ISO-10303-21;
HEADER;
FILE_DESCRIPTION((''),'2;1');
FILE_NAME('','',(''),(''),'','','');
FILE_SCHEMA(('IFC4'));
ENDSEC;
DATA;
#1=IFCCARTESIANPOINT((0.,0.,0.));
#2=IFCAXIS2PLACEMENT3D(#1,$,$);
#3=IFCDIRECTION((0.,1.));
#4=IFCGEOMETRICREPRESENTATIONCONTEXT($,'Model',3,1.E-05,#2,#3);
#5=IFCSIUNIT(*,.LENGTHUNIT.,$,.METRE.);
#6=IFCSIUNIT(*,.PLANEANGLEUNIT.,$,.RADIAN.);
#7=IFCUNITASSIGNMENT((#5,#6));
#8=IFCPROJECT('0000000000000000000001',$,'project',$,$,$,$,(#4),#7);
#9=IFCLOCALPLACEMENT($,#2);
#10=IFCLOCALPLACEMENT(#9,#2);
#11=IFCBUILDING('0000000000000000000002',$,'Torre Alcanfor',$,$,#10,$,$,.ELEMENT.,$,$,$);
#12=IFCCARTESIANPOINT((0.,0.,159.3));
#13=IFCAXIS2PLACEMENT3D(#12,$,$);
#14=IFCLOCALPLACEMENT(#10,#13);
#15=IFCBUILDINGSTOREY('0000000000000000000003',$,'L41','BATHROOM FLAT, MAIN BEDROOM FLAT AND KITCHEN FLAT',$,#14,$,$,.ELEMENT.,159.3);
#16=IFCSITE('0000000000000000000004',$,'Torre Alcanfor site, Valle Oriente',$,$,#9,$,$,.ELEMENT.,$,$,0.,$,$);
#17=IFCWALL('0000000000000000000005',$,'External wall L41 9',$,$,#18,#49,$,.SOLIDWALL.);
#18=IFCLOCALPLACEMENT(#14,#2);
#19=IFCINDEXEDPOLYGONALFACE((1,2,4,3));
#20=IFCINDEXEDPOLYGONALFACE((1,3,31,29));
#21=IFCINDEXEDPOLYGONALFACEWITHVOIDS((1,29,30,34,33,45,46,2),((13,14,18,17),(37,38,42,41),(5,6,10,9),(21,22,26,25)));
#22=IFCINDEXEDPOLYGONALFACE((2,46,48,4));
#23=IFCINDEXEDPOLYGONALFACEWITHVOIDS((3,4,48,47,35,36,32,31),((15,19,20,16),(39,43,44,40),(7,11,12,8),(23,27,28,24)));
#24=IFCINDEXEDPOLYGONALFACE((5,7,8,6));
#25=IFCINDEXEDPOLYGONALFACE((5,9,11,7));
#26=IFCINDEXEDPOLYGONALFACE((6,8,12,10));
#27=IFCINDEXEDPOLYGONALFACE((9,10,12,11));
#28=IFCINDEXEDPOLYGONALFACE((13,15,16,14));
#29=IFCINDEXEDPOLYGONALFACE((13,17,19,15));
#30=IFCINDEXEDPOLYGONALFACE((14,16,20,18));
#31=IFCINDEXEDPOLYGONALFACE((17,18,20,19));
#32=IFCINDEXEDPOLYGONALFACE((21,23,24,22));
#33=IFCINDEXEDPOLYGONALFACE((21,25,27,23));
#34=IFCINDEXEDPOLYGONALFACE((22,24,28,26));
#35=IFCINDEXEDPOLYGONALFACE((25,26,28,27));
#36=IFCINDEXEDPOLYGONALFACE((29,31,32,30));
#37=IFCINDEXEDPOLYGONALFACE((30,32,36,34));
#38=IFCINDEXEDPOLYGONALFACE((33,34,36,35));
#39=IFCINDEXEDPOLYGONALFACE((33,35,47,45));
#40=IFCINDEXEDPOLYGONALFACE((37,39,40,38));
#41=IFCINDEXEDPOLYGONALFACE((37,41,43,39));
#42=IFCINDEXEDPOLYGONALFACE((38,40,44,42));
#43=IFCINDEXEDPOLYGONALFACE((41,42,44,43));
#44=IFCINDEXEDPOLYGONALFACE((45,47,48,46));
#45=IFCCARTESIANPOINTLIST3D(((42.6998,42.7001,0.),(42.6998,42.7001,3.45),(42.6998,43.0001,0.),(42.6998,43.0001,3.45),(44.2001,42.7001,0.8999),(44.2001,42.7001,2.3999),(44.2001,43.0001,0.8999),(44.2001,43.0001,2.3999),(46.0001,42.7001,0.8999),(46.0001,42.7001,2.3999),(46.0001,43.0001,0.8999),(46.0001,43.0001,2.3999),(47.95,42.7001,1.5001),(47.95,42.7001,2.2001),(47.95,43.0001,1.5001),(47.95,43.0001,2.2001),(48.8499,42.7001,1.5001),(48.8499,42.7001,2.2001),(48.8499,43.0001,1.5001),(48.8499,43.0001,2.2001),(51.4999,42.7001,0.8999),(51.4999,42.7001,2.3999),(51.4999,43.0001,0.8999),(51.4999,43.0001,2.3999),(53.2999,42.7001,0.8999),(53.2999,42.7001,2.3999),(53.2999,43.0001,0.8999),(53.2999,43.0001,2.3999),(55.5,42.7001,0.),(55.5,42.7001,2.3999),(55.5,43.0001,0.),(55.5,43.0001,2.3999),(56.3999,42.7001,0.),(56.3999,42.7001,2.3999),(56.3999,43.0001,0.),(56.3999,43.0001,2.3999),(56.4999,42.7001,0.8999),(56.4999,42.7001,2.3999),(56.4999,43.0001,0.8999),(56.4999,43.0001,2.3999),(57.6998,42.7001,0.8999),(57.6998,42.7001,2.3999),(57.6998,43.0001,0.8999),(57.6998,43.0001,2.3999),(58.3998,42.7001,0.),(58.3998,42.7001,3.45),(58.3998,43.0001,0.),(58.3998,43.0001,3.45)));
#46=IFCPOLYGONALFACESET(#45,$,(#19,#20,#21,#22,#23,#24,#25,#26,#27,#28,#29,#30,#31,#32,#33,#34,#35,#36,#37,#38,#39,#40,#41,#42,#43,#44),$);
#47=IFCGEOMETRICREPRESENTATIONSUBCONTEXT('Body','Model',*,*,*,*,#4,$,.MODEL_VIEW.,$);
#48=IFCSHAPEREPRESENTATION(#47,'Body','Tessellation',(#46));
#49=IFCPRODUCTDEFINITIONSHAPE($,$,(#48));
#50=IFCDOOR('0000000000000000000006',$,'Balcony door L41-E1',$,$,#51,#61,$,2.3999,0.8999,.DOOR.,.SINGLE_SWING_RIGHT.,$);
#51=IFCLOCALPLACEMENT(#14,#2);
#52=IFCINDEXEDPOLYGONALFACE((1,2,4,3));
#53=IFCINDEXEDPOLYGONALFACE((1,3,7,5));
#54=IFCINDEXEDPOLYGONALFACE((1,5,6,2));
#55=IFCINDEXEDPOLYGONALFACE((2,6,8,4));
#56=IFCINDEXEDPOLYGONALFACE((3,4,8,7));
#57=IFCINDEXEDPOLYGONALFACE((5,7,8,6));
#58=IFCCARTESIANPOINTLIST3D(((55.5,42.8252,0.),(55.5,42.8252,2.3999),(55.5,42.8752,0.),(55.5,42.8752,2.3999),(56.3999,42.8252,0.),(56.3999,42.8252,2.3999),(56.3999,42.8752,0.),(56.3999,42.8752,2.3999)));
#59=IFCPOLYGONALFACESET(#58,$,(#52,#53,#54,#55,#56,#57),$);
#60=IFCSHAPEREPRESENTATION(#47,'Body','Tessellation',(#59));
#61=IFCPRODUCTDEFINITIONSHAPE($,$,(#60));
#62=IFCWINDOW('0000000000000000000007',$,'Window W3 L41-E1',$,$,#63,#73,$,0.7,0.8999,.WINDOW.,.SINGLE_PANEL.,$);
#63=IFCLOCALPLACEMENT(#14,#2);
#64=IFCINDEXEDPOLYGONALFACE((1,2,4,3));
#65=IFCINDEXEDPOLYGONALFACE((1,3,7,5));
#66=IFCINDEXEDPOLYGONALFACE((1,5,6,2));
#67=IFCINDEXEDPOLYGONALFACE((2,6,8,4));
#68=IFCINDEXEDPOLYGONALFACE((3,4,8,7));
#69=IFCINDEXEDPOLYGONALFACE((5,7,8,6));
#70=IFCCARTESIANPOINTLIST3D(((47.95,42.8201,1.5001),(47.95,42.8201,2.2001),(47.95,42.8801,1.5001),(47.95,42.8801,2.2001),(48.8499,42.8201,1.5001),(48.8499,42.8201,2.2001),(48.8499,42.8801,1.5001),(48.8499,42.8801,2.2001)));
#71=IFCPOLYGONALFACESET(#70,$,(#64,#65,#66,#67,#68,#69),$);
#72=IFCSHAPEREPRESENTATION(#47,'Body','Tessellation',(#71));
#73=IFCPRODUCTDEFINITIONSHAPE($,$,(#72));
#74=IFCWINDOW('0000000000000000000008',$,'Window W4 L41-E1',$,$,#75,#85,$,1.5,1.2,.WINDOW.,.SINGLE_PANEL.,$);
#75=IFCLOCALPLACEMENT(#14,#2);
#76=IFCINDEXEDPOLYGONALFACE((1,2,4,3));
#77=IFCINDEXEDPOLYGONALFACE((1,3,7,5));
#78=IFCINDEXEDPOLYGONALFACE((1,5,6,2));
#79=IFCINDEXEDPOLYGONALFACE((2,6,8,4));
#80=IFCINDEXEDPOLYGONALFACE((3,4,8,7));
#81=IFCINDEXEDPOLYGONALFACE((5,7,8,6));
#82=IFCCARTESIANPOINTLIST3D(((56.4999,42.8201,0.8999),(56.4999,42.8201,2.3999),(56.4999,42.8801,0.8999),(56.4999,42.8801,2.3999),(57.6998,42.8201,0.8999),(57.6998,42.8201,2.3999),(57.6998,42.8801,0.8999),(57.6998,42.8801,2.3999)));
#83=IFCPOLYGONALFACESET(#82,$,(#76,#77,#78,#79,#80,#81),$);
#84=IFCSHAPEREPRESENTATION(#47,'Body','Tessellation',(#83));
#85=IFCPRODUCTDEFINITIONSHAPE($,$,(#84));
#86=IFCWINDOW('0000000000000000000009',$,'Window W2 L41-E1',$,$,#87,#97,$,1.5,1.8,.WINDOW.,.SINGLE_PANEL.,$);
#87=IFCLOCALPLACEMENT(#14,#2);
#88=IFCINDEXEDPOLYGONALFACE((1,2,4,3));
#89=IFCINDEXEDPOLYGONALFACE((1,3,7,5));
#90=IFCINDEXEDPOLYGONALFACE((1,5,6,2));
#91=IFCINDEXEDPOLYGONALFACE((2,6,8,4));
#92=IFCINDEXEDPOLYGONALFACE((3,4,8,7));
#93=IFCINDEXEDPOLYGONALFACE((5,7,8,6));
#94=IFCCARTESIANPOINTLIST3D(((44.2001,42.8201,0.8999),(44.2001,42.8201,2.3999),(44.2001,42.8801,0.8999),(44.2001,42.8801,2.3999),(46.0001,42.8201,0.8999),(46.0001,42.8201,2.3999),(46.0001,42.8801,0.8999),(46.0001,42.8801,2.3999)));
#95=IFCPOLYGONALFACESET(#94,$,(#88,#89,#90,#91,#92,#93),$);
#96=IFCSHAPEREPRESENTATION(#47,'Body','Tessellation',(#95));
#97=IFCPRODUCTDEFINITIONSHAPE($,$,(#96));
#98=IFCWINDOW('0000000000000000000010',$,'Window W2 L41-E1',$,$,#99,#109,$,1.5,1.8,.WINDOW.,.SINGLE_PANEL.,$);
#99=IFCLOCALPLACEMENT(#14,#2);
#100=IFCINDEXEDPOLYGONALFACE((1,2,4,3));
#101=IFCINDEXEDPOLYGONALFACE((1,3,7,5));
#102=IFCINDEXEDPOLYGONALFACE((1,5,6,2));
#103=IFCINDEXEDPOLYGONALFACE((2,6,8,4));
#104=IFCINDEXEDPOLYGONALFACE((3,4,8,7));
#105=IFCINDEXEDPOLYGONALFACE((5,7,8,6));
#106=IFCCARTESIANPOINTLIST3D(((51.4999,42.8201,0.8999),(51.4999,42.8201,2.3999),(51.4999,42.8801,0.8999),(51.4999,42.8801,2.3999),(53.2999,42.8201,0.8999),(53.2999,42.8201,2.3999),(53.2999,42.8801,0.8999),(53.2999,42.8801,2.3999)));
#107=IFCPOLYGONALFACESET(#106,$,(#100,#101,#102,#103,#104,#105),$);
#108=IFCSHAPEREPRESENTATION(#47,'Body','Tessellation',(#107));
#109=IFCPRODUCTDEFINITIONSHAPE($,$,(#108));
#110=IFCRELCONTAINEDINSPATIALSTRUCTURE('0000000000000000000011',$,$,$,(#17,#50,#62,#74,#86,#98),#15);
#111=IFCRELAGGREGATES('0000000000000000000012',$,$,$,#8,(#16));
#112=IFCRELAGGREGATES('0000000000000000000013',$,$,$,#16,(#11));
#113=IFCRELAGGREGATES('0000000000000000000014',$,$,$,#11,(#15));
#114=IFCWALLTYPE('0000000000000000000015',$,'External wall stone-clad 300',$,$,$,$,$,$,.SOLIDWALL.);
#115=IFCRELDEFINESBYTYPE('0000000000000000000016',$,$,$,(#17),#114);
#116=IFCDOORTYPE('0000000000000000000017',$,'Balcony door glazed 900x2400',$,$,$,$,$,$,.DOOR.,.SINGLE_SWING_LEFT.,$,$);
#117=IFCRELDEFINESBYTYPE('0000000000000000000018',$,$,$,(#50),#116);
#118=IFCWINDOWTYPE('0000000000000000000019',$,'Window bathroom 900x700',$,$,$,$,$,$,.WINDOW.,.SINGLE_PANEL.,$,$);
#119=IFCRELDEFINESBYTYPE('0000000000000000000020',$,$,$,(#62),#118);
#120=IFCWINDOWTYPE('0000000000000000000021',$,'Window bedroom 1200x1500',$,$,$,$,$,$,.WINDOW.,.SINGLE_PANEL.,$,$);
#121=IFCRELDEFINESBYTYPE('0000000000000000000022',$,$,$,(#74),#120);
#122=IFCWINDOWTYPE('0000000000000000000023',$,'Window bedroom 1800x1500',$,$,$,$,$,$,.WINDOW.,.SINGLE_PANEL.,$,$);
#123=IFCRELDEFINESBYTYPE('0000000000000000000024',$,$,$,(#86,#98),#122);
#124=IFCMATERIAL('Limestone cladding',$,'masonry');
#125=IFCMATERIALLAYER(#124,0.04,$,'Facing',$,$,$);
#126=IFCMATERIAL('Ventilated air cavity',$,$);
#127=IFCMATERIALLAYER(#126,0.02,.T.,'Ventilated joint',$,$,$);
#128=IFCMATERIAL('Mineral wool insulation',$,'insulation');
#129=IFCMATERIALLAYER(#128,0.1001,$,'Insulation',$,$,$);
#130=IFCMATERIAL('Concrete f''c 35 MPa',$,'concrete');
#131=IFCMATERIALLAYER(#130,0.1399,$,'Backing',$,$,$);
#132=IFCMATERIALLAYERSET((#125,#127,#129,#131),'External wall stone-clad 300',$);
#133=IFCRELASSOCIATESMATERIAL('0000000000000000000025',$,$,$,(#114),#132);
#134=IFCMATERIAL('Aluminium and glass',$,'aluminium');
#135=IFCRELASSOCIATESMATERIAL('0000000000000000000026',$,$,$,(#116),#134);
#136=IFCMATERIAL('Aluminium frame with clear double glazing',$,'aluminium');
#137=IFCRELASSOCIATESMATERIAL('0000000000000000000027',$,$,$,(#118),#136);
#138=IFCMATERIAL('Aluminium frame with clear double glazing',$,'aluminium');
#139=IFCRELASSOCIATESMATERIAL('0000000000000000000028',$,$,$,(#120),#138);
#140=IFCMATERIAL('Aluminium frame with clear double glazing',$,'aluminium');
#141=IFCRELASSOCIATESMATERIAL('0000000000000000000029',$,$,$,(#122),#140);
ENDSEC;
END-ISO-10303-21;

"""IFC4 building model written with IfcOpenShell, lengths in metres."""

from ifc_helpers import new_model, si_unit, direction, frame, frame_2d, origin, place, context, subcontext, project, spatial, rectangle, extrude, material, layer, layer_set, type_object, element, fill, save


model = new_model("IFC4")

# Units and contexts
model_context = context("Model", 3, precision=1e-05, world=origin(), true_north=direction((0.0, 1.0)))
body_context = subcontext(model_context, "Body", "Model", "MODEL_VIEW")
ifc_project = project(units=[si_unit("LENGTHUNIT", "METRE"), si_unit("PLANEANGLEUNIT", "RADIAN")], contexts=[model_context])

# Site, building, storey
site_placement = place(None, origin())
site = spatial("IfcSite", under=ifc_project, at=site_placement, Name="Torre Alcanfor site, Valle Oriente", CompositionType="ELEMENT", RefElevation=0.0)
building_placement = place(site_placement, origin())
building = spatial("IfcBuilding", under=site, at=building_placement, Name="Torre Alcanfor", CompositionType="ELEMENT")
storey_placement = place(building_placement, frame((0.0, 0.0, 159.3)))
storey = spatial("IfcBuildingStorey", under=building, at=storey_placement, Name="L41", Description="BATHROOM FLAT, MAIN BEDROOM FLAT AND KITCHEN FLAT", CompositionType="ELEMENT", Elevation=159.3)

# Wall, openings, door, windows
ifc_material_1 = material(Name="Limestone cladding", Category="masonry")
ifc_layer_1 = layer(ifc_material_1, 0.04, Name="Facing")
ifc_material_2 = material(Name="Ventilated air cavity")
ifc_layer_2 = layer(ifc_material_2, 0.02, ventilated=True, Name="Ventilated joint")
ifc_material_3 = material(Name="Mineral wool insulation", Category="insulation")
ifc_layer_3 = layer(ifc_material_3, 0.1001, Name="Insulation")
ifc_material_4 = material(Name="Concrete f'c 35 MPa", Category="concrete")
ifc_layer_4 = layer(ifc_material_4, 0.1399, Name="Backing")
ifc_layer_set_1 = layer_set([ifc_layer_1, ifc_layer_2, ifc_layer_3, ifc_layer_4], Name="External wall stone-clad 300")
wall_type_1 = type_object("IfcWallType", Name="External wall stone-clad 300", PredefinedType="SOLIDWALL", material=ifc_layer_set_1)
wall_1_placement = place(storey_placement, frame((58.3999, 42.8501, 0.0), z_axis=(0.0, 0.0, 1.0), x_axis=(-1.0, 0.0, 0.0)))
wall_1 = element("IfcWall", 1, at=wall_1_placement, inside=storey, type_object=wall_type_1, Name="External wall L41 9", PredefinedType="SOLIDWALL", context=body_context, shape_type="SweptSolid", body=[
    extrude(rectangle(XDim=15.7, YDim=0.3, at=frame_2d((7.8501, 0.0))), origin(), (0.0, 0.0, 1.0), 3.45),
])
opening_1_placement = place(wall_1_placement, frame((12.3999, 0.0, 0.8999)))
opening_1 = element("IfcOpeningElement", 2, at=opening_1_placement, cuts=wall_1, PredefinedType="OPENING", context=body_context, shape_type="SweptSolid", body=[
    extrude(rectangle(XDim=1.8, YDim=1.5, at=frame_2d((0.8999, 0.75))), frame((0.0, 0.1599, 0.0), z_axis=(0.0, -1.0, 0.0), x_axis=(1.0, 0.0, 0.0)), (0.0, 0.0, 1.0), 0.3201),
])
opening_2_placement = place(wall_1_placement, frame((9.55, 0.0, 1.5)))
opening_2 = element("IfcOpeningElement", 3, at=opening_2_placement, cuts=wall_1, PredefinedType="OPENING", context=body_context, shape_type="SweptSolid", body=[
    extrude(rectangle(XDim=0.8999, YDim=0.7, at=frame_2d((0.45, 0.3501))), frame((0.0, 0.1599, 0.0), z_axis=(0.0, -1.0, 0.0), x_axis=(1.0, 0.0, 0.0)), (0.0, 0.0, 1.0), 0.3201),
])
opening_3_placement = place(wall_1_placement, frame((5.1001, 0.0, 0.8999)))
opening_3 = element("IfcOpeningElement", 4, at=opening_3_placement, cuts=wall_1, PredefinedType="OPENING", context=body_context, shape_type="SweptSolid", body=[
    extrude(rectangle(XDim=1.8, YDim=1.5, at=frame_2d((0.8999, 0.75))), frame((0.0, 0.1599, 0.0), z_axis=(0.0, -1.0, 0.0), x_axis=(1.0, 0.0, 0.0)), (0.0, 0.0, 1.0), 0.3201),
])
opening_4_placement = place(wall_1_placement, frame((2.0, 0.0, 0.0)))
opening_4 = element("IfcOpeningElement", 5, at=opening_4_placement, cuts=wall_1, PredefinedType="OPENING", context=body_context, shape_type="SweptSolid", body=[
    extrude(rectangle(XDim=0.8999, YDim=2.3999, at=frame_2d((0.45, 1.2))), frame((0.0, 0.1599, 0.0), z_axis=(0.0, -1.0, 0.0), x_axis=(1.0, 0.0, 0.0)), (0.0, 0.0, 1.0), 0.3201),
])
opening_5_placement = place(wall_1_placement, frame((0.7, 0.0, 0.8999)))
opening_5 = element("IfcOpeningElement", 6, at=opening_5_placement, cuts=wall_1, PredefinedType="OPENING", context=body_context, shape_type="SweptSolid", body=[
    extrude(rectangle(XDim=1.2, YDim=1.5, at=frame_2d((0.6001, 0.75))), frame((0.0, 0.1599, 0.0), z_axis=(0.0, -1.0, 0.0), x_axis=(1.0, 0.0, 0.0)), (0.0, 0.0, 1.0), 0.3201),
])
ifc_material_5 = material(Name="Aluminium and glass", Category="aluminium")
door_type_1 = type_object("IfcDoorType", Name="Balcony door glazed 900x2400", OperationType="SINGLE_SWING_LEFT", PredefinedType="DOOR", material=ifc_material_5)
door_1_placement = place(opening_4_placement, origin())
door_1 = element("IfcDoor", 7, at=door_1_placement, inside=storey, type_object=door_type_1, Name="Balcony door L41-E1", OperationType="SINGLE_SWING_RIGHT", OverallHeight=2.3999, OverallWidth=0.8999, PredefinedType="DOOR", context=body_context, shape_type="SweptSolid", body=[
    extrude(rectangle(XDim=0.8999, YDim=2.3999, at=frame_2d((0.45, 1.2))), frame((0.0, 0.0249, 0.0), z_axis=(0.0, -1.0, 0.0), x_axis=(1.0, 0.0, 0.0)), (0.0, 0.0, 1.0), 0.05),
])
fill(opening_4, door_1)
ifc_material_6 = material(Name="Aluminium frame with clear double glazing", Category="aluminium")
window_type_1 = type_object("IfcWindowType", Name="Window bathroom 900x700", PartitioningType="SINGLE_PANEL", PredefinedType="WINDOW", material=ifc_material_6)
window_1_placement = place(opening_2_placement, origin())
window_1 = element("IfcWindow", 8, at=window_1_placement, inside=storey, type_object=window_type_1, Name="Window W3 L41-E1", OverallHeight=0.7, OverallWidth=0.8999, PartitioningType="SINGLE_PANEL", PredefinedType="WINDOW", context=body_context, shape_type="SweptSolid", body=[
    extrude(rectangle(XDim=0.8999, YDim=0.7, at=frame_2d((0.45, 0.3501))), frame((0.0, 0.03, 0.0), z_axis=(0.0, -1.0, 0.0), x_axis=(1.0, 0.0, 0.0)), (0.0, 0.0, 1.0), 0.0601),
])
fill(opening_2, window_1)
ifc_material_7 = material(Name="Aluminium frame with clear double glazing", Category="aluminium")
window_type_2 = type_object("IfcWindowType", Name="Window bedroom 1200x1500", PartitioningType="SINGLE_PANEL", PredefinedType="WINDOW", material=ifc_material_7)
window_2_placement = place(opening_5_placement, origin())
window_2 = element("IfcWindow", 9, at=window_2_placement, inside=storey, type_object=window_type_2, Name="Window W4 L41-E1", OverallHeight=1.5, OverallWidth=1.2, PartitioningType="SINGLE_PANEL", PredefinedType="WINDOW", context=body_context, shape_type="SweptSolid", body=[
    extrude(rectangle(XDim=1.2, YDim=1.5, at=frame_2d((0.6001, 0.75))), frame((0.0, 0.03, 0.0), z_axis=(0.0, -1.0, 0.0), x_axis=(1.0, 0.0, 0.0)), (0.0, 0.0, 1.0), 0.0601),
])
fill(opening_5, window_2)
ifc_material_8 = material(Name="Aluminium frame with clear double glazing", Category="aluminium")
window_type_3 = type_object("IfcWindowType", Name="Window bedroom 1800x1500", PartitioningType="SINGLE_PANEL", PredefinedType="WINDOW", material=ifc_material_8)
window_3_placement = place(opening_1_placement, origin())
window_3 = element("IfcWindow", 10, at=window_3_placement, inside=storey, type_object=window_type_3, Name="Window W2 L41-E1", OverallHeight=1.5, OverallWidth=1.8, PartitioningType="SINGLE_PANEL", PredefinedType="WINDOW", context=body_context, shape_type="SweptSolid", body=[
    extrude(rectangle(XDim=1.8, YDim=1.5, at=frame_2d((0.8999, 0.75))), frame((0.0, 0.03, 0.0), z_axis=(0.0, -1.0, 0.0), x_axis=(1.0, 0.0, 0.0)), (0.0, 0.0, 1.0), 0.0601),
])
fill(opening_1, window_3)
window_4_placement = place(opening_3_placement, origin())
window_4 = element("IfcWindow", 11, at=window_4_placement, inside=storey, type_object=window_type_3, Name="Window W2 L41-E1", OverallHeight=1.5, OverallWidth=1.8, PartitioningType="SINGLE_PANEL", PredefinedType="WINDOW", context=body_context, shape_type="SweptSolid", body=[
    extrude(rectangle(XDim=1.8, YDim=1.5, at=frame_2d((0.8999, 0.75))), frame((0.0, 0.03, 0.0), z_axis=(0.0, -1.0, 0.0), x_axis=(1.0, 0.0, 0.0)), (0.0, 0.0, 1.0), 0.0601),
])
fill(opening_3, window_4)

save(model, "model.ifc")
